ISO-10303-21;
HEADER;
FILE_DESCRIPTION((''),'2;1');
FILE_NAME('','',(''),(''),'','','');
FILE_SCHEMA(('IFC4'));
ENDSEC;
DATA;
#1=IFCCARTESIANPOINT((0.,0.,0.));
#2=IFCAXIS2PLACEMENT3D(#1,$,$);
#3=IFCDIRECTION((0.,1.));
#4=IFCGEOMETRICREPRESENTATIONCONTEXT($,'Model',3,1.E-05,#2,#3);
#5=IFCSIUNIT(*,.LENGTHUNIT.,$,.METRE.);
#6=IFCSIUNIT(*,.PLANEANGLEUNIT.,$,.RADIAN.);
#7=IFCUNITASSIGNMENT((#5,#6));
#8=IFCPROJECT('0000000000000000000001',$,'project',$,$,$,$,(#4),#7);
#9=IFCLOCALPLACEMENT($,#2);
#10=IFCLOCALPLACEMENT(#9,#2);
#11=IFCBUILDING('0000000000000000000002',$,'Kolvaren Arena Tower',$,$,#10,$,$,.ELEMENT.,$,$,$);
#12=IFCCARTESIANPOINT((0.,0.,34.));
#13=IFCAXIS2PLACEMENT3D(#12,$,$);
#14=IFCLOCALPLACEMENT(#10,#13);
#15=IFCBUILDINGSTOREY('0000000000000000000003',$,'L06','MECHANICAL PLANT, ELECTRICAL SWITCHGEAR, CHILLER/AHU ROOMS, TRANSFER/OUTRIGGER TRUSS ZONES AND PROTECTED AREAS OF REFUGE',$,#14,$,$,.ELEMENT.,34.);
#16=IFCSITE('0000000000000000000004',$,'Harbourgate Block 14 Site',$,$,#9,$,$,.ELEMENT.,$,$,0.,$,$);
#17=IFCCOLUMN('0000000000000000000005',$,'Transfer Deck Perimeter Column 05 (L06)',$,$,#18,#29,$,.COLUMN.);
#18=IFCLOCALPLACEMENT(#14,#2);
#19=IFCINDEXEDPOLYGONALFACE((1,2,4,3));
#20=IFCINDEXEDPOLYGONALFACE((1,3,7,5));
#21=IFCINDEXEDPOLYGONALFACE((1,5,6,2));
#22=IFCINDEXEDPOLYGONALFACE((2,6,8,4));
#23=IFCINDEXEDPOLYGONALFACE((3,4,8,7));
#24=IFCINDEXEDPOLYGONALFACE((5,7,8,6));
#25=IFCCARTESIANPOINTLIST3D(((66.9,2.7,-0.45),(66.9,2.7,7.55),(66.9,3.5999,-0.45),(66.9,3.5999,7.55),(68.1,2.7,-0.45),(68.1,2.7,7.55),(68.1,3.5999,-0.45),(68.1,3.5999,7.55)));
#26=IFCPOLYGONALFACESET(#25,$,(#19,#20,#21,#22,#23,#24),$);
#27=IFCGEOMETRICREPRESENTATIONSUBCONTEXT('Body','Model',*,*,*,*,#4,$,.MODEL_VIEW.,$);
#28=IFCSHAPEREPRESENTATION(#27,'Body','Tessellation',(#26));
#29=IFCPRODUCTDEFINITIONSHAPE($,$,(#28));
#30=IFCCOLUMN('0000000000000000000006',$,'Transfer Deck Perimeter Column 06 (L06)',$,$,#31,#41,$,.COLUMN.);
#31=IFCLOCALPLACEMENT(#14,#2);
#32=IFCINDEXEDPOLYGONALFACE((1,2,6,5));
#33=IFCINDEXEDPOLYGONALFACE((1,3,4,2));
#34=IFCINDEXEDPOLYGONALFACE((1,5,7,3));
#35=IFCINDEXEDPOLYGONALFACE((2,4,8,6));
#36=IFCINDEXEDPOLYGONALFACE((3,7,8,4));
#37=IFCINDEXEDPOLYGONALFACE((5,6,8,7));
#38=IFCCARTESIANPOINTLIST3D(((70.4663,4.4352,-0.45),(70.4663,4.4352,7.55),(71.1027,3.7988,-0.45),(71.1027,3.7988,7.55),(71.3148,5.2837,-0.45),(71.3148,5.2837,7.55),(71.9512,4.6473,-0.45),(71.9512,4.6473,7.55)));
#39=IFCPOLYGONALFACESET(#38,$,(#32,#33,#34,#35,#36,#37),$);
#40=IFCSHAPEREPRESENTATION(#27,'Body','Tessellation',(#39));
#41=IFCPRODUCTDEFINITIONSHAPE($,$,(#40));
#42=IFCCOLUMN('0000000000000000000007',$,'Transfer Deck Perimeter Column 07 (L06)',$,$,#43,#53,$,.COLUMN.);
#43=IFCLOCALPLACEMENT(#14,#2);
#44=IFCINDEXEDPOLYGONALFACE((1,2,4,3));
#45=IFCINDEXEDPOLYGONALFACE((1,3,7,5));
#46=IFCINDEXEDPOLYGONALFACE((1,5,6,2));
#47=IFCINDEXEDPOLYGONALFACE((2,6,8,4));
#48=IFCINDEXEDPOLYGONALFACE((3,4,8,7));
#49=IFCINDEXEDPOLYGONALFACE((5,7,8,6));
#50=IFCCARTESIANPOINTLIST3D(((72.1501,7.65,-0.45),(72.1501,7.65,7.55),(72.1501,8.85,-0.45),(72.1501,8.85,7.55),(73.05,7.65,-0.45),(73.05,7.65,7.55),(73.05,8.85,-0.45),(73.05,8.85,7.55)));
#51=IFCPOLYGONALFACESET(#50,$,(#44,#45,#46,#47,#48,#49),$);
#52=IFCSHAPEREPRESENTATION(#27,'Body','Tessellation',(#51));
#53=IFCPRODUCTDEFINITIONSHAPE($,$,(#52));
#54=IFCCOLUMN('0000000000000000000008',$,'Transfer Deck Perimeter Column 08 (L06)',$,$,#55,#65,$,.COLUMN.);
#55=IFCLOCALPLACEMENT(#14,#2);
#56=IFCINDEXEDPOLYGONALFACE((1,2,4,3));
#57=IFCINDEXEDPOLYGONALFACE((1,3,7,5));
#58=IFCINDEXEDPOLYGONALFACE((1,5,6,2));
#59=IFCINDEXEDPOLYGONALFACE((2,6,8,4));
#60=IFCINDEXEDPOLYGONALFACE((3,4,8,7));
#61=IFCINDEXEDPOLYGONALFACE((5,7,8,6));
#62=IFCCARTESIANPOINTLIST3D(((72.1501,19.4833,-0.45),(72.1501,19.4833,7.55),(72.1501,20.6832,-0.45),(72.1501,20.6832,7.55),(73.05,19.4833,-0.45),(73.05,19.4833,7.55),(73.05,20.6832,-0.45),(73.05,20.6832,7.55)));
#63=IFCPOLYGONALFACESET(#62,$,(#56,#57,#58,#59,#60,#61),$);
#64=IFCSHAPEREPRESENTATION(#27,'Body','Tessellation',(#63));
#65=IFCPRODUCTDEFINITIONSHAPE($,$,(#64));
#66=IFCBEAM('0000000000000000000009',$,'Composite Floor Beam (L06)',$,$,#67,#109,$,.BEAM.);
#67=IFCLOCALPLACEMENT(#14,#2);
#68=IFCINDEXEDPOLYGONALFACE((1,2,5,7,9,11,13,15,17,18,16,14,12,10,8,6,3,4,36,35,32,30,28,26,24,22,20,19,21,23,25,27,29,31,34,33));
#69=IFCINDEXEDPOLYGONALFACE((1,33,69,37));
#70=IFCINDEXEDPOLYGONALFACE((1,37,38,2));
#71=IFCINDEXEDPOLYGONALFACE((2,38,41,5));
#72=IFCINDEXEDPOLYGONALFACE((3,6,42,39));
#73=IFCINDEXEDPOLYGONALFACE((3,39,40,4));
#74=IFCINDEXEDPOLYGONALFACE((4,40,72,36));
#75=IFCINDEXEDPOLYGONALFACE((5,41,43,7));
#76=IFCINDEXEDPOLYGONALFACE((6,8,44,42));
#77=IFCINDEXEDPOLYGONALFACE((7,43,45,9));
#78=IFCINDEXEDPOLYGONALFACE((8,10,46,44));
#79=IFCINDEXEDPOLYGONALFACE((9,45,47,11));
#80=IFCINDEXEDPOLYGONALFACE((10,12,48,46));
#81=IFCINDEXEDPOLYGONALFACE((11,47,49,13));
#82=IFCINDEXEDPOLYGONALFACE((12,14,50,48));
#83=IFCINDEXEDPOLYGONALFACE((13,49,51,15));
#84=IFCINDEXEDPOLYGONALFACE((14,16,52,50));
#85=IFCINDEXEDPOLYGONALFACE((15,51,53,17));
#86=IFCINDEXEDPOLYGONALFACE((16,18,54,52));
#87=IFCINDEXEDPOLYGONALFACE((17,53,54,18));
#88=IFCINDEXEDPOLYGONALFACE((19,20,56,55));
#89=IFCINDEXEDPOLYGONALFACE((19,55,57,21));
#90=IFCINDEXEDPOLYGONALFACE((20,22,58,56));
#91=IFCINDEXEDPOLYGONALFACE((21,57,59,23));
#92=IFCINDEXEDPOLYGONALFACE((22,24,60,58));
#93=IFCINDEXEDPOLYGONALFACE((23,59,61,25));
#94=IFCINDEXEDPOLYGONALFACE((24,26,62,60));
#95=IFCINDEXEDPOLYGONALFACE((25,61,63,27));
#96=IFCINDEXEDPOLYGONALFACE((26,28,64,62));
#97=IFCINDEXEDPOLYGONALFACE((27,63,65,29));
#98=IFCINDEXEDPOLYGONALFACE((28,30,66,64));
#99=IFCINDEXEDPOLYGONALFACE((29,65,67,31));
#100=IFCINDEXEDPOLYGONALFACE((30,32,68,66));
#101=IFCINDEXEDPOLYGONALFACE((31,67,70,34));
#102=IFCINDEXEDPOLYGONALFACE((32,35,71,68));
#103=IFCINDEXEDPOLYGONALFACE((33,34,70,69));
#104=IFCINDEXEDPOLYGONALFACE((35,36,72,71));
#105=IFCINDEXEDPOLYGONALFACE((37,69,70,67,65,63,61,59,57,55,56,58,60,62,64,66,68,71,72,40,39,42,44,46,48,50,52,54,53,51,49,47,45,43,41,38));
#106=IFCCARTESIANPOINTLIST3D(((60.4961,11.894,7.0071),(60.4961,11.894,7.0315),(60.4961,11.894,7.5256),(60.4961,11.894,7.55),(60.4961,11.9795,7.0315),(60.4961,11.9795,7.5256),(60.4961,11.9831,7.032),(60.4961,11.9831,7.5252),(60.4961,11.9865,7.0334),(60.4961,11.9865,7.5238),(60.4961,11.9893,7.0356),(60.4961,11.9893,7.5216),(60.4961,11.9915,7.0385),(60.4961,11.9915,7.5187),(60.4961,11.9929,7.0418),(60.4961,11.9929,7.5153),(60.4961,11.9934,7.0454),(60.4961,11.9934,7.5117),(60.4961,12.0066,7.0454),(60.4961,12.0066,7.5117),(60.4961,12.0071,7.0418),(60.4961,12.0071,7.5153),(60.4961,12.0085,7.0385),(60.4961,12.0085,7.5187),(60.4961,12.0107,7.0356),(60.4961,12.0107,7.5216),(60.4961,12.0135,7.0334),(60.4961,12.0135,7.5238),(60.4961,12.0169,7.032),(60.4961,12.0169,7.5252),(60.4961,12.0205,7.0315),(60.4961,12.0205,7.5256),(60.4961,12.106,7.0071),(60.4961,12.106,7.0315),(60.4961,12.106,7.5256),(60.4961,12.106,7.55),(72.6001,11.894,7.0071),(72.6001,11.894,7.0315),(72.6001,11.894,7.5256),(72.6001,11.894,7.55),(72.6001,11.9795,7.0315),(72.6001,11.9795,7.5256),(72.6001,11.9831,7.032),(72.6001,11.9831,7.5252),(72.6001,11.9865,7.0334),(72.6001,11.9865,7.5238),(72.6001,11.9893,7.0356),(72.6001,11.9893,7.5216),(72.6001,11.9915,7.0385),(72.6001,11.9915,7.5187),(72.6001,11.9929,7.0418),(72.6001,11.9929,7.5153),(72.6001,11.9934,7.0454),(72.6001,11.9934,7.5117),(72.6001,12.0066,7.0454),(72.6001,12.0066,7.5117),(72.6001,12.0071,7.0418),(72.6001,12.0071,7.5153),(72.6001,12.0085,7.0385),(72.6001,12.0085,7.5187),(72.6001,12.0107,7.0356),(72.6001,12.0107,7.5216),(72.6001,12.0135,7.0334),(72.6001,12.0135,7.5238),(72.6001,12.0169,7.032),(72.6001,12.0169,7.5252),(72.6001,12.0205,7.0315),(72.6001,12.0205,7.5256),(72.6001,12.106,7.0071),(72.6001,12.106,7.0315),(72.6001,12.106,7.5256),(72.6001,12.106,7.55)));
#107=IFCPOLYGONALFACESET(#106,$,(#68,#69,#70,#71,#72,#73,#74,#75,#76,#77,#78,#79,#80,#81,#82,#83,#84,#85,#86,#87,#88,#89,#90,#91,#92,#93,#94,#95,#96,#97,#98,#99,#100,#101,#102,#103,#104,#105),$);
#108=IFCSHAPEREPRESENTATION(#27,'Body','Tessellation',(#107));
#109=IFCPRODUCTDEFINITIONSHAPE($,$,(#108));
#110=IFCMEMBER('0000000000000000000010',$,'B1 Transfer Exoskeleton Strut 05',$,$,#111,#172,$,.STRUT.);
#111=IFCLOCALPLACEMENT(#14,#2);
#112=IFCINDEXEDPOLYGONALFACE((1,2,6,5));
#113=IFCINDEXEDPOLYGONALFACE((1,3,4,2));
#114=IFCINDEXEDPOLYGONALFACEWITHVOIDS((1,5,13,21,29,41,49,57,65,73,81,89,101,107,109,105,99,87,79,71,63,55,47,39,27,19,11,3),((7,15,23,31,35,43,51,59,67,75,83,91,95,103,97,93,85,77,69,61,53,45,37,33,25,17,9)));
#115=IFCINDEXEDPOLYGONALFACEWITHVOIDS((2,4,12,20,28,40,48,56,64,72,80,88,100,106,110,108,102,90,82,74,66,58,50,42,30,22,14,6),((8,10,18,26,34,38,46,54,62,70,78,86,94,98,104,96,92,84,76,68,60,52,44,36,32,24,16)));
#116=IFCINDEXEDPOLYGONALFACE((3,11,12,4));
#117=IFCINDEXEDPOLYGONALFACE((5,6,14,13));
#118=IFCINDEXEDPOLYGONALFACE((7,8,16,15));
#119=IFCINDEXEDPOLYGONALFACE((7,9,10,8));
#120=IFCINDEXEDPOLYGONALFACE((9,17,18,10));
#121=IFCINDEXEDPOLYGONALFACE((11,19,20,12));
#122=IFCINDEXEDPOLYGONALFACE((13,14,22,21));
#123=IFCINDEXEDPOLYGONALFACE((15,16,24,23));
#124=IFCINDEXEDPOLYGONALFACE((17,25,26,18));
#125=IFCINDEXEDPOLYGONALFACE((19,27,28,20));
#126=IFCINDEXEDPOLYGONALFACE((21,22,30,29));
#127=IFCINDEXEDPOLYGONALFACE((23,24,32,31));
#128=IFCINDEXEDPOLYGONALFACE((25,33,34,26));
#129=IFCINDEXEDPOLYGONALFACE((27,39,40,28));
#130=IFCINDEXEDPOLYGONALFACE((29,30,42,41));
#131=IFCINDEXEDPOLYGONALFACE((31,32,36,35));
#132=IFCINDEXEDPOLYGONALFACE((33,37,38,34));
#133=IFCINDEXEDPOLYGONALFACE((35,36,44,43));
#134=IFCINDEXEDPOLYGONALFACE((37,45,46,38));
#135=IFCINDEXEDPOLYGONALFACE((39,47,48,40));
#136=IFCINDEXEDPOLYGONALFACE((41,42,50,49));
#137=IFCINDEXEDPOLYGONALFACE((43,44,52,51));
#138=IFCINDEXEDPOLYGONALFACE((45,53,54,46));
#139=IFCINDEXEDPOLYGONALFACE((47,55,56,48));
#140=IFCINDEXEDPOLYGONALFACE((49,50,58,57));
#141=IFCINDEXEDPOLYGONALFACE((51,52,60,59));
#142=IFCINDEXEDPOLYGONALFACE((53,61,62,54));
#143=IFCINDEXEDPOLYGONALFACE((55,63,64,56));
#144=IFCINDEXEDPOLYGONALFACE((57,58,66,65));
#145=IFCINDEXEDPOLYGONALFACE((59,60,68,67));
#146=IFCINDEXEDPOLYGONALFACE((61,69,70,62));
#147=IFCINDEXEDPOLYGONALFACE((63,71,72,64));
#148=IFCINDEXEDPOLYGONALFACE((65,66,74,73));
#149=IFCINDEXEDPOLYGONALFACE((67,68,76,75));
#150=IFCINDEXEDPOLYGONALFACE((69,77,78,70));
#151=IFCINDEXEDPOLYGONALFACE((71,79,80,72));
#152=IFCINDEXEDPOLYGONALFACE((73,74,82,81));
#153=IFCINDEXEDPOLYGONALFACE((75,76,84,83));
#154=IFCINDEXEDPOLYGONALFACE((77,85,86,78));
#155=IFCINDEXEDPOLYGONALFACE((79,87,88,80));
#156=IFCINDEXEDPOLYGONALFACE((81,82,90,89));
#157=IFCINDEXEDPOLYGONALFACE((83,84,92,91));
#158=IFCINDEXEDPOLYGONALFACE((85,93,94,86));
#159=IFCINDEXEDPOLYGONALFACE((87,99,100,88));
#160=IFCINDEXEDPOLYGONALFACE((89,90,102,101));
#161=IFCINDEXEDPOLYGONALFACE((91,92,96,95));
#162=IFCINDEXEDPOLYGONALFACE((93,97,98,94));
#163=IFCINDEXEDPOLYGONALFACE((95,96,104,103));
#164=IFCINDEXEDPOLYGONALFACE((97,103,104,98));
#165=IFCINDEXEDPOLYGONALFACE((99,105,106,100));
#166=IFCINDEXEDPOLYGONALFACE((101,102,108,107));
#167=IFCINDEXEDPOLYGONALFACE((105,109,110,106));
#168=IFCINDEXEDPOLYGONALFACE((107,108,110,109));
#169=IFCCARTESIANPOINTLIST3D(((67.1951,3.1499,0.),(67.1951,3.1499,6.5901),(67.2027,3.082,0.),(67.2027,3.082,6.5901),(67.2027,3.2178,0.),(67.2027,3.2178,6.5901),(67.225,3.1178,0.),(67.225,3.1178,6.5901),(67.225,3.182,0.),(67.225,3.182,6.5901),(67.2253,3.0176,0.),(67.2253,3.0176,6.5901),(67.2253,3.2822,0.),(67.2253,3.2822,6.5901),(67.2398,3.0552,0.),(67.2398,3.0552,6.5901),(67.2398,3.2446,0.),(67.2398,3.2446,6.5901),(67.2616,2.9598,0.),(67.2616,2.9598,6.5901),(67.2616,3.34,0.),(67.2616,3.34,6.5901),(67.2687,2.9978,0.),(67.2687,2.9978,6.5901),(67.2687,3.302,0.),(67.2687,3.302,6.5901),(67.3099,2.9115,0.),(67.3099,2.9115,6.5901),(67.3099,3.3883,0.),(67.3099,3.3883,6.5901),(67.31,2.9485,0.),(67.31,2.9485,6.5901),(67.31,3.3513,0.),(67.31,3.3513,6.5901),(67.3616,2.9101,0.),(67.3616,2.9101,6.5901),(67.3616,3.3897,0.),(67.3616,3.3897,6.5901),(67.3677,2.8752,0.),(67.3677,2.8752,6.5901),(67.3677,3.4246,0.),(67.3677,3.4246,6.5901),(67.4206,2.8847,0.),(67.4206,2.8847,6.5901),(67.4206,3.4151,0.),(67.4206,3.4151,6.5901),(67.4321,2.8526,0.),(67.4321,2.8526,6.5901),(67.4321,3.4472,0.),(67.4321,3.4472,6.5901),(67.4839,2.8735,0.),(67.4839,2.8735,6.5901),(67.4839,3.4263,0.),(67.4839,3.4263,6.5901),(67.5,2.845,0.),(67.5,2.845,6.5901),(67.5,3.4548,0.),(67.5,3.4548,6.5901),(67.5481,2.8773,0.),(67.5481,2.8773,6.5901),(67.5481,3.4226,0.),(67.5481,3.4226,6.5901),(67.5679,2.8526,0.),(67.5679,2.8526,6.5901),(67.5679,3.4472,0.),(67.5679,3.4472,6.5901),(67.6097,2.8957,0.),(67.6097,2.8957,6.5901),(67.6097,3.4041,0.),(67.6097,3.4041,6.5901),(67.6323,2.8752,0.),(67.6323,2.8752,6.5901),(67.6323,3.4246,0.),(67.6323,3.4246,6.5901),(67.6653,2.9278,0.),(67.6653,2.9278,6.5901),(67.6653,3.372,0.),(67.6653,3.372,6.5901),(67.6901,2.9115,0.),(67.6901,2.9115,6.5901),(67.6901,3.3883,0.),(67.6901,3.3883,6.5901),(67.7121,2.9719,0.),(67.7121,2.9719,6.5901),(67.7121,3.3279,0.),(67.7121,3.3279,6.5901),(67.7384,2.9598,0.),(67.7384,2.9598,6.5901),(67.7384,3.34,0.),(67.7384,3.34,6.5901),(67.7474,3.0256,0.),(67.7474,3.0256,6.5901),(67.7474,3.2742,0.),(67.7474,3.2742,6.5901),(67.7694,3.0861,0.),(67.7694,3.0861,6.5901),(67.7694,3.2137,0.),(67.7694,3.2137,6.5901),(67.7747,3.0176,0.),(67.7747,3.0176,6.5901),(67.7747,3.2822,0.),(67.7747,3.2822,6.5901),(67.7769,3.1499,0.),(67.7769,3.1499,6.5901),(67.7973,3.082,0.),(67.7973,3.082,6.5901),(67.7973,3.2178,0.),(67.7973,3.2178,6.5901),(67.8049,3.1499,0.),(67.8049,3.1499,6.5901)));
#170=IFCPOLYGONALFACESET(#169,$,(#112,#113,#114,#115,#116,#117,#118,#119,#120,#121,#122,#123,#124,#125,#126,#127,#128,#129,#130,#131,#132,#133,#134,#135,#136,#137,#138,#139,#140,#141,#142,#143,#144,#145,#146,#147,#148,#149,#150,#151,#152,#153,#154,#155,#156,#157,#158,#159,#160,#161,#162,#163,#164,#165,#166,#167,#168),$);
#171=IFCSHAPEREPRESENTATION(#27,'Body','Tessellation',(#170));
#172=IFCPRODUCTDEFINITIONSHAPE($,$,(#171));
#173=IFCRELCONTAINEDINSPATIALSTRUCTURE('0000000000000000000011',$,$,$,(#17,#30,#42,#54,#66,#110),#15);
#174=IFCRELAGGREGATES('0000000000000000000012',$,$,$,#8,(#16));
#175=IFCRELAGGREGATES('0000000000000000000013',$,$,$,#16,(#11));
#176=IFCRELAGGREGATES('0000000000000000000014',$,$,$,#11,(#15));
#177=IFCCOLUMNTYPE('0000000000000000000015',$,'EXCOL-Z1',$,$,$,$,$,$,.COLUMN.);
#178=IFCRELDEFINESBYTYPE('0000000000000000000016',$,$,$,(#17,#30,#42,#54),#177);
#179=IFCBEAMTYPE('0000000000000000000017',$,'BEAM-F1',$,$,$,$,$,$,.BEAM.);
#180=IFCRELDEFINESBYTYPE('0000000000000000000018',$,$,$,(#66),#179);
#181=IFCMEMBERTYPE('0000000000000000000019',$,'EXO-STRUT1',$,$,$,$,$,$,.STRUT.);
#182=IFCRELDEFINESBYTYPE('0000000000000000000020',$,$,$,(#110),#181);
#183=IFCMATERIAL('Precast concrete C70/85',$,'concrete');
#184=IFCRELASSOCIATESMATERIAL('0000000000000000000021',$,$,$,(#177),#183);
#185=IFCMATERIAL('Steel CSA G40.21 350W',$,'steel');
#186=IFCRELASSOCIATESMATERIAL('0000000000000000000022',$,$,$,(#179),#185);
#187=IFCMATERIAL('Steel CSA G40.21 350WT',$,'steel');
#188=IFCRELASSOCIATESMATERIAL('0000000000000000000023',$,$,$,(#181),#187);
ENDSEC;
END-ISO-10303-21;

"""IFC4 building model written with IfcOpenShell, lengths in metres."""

from ifc_helpers import new_model, si_unit, direction, frame, origin, origin_2d, place, context, subcontext, project, spatial, rectangle, hollow_circle, i_section, extrude, material, material_profile, profile_set, type_object, element, save


model = new_model("IFC4")

# Units and contexts
model_context = context("Model", 3, precision=1e-05, world=origin(), true_north=direction((0.0, 1.0)))
body_context = subcontext(model_context, "Body", "Model", "MODEL_VIEW")
ifc_project = project(units=[si_unit("LENGTHUNIT", "METRE"), si_unit("PLANEANGLEUNIT", "RADIAN")], contexts=[model_context])

# Site, building, storey
site_placement = place(None, origin())
site = spatial("IfcSite", under=ifc_project, at=site_placement, Name="Harbourgate Block 14 Site", CompositionType="ELEMENT", RefElevation=0.0)
building_placement = place(site_placement, origin())
building = spatial("IfcBuilding", under=site, at=building_placement, Name="Kolvaren Arena Tower", CompositionType="ELEMENT")
storey_placement = place(building_placement, frame((0.0, 0.0, 34.0)))
storey = spatial("IfcBuildingStorey", under=building, at=storey_placement, Name="L06", Description="MECHANICAL PLANT, ELECTRICAL SWITCHGEAR, CHILLER/AHU ROOMS, TRANSFER/OUTRIGGER TRUSS ZONES AND PROTECTED AREAS OF REFUGE", CompositionType="ELEMENT", Elevation=34.0)

# Columns
ifc_material_1 = material(Name="Precast concrete C70/85", Category="concrete")
ifc_material_profile_1 = material_profile(ifc_material_1, rectangle(XDim=1.2, YDim=0.8999, at=origin_2d()), Name="RC-1200x900")
ifc_profile_set_1 = profile_set([ifc_material_profile_1], Name="Precast concrete C70/85")
column_type = type_object("IfcColumnType", Name="EXCOL-Z1", PredefinedType="COLUMN", material=ifc_profile_set_1)
for number, where, z_axis, x_axis, name in (
    (1, (67.5, 3.1499, -0.45), (0.0, 0.0, 1.0), (1.0, 0.0, 0.0), "Transfer Deck Perimeter Column 05 (L06)"),
    (2, (71.2087, 4.5413, -0.45), (0.0, 0.0, 1.0), (0.707107, 0.707107, 0.0), "Transfer Deck Perimeter Column 06 (L06)"),
    (3, (72.6001, 8.25, -0.45), (0.0, 0.0, 1.0), (0.0, 1.0, 0.0), "Transfer Deck Perimeter Column 07 (L06)"),
    (4, (72.6001, 20.0833, -0.45), (0.0, 0.0, 1.0), (0.0, 1.0, 0.0), "Transfer Deck Perimeter Column 08 (L06)"),
):
    element("IfcColumn", number, at=place(storey_placement, frame(where, z_axis=z_axis, x_axis=x_axis)), inside=storey, type_object=column_type, Name=name, PredefinedType="COLUMN", context=body_context, shape_type="SweptSolid", body=[
        extrude(rectangle(XDim=1.2, YDim=0.8999, at=origin_2d()), origin(), (0.0, 0.0, 1.0), 8.0),
    ])

# Beam
ifc_material_2 = material(Name="Steel CSA G40.21 350W", Category="steel")
ifc_material_profile_2 = material_profile(ifc_material_2, i_section(OverallWidth=0.2119, OverallDepth=0.543, WebThickness=0.0132, FlangeThickness=0.0244, FilletRadius=0.0139, at=origin_2d()), Name="W530x150")
ifc_profile_set_2 = profile_set([ifc_material_profile_2], Name="Steel CSA G40.21 350W")
beam_type_1 = type_object("IfcBeamType", Name="BEAM-F1", PredefinedType="BEAM", material=ifc_profile_set_2)
beam_1_placement = place(storey_placement, frame((60.4961, 12.0, 7.2786), z_axis=(1.0, 0.0, 0.0), x_axis=(0.0, 1.0, 0.0)))
element("IfcBeam", 5, at=beam_1_placement, inside=storey, type_object=beam_type_1, Name="Composite Floor Beam (L06)", PredefinedType="BEAM", context=body_context, shape_type="SweptSolid", body=[
    extrude(i_section(OverallWidth=0.2119, OverallDepth=0.543, WebThickness=0.0132, FlangeThickness=0.0244, FilletRadius=0.0139, at=origin_2d()), origin(), (0.0, 0.0, 1.0), 12.104),
])

# Member
ifc_material_3 = material(Name="Steel CSA G40.21 350WT", Category="steel")
ifc_material_profile_3 = material_profile(ifc_material_3, hollow_circle(Radius=0.3049, WallThickness=0.0281, at=origin_2d()), Name="CHS 610x28")
ifc_profile_set_3 = profile_set([ifc_material_profile_3], Name="Steel CSA G40.21 350WT")
member_type = type_object("IfcMemberType", Name="EXO-STRUT1", PredefinedType="STRUT", material=ifc_profile_set_3)
for number, where, z_axis, x_axis, name in (
    (6, (67.5, 3.1499, 0.0), (0.0, 0.0, 1.0), (1.0, 0.0, 0.0), "B1 Transfer Exoskeleton Strut 05"),
):
    element("IfcMember", number, at=place(storey_placement, frame(where, z_axis=z_axis, x_axis=x_axis)), inside=storey, type_object=member_type, Name=name, PredefinedType="STRUT", context=body_context, shape_type="SweptSolid", body=[
        extrude(hollow_circle(Radius=0.3049, WallThickness=0.0281, at=origin_2d()), origin(), (0.0, 0.0, 1.0), 6.5901),
    ])

save(model, "model.ifc")
